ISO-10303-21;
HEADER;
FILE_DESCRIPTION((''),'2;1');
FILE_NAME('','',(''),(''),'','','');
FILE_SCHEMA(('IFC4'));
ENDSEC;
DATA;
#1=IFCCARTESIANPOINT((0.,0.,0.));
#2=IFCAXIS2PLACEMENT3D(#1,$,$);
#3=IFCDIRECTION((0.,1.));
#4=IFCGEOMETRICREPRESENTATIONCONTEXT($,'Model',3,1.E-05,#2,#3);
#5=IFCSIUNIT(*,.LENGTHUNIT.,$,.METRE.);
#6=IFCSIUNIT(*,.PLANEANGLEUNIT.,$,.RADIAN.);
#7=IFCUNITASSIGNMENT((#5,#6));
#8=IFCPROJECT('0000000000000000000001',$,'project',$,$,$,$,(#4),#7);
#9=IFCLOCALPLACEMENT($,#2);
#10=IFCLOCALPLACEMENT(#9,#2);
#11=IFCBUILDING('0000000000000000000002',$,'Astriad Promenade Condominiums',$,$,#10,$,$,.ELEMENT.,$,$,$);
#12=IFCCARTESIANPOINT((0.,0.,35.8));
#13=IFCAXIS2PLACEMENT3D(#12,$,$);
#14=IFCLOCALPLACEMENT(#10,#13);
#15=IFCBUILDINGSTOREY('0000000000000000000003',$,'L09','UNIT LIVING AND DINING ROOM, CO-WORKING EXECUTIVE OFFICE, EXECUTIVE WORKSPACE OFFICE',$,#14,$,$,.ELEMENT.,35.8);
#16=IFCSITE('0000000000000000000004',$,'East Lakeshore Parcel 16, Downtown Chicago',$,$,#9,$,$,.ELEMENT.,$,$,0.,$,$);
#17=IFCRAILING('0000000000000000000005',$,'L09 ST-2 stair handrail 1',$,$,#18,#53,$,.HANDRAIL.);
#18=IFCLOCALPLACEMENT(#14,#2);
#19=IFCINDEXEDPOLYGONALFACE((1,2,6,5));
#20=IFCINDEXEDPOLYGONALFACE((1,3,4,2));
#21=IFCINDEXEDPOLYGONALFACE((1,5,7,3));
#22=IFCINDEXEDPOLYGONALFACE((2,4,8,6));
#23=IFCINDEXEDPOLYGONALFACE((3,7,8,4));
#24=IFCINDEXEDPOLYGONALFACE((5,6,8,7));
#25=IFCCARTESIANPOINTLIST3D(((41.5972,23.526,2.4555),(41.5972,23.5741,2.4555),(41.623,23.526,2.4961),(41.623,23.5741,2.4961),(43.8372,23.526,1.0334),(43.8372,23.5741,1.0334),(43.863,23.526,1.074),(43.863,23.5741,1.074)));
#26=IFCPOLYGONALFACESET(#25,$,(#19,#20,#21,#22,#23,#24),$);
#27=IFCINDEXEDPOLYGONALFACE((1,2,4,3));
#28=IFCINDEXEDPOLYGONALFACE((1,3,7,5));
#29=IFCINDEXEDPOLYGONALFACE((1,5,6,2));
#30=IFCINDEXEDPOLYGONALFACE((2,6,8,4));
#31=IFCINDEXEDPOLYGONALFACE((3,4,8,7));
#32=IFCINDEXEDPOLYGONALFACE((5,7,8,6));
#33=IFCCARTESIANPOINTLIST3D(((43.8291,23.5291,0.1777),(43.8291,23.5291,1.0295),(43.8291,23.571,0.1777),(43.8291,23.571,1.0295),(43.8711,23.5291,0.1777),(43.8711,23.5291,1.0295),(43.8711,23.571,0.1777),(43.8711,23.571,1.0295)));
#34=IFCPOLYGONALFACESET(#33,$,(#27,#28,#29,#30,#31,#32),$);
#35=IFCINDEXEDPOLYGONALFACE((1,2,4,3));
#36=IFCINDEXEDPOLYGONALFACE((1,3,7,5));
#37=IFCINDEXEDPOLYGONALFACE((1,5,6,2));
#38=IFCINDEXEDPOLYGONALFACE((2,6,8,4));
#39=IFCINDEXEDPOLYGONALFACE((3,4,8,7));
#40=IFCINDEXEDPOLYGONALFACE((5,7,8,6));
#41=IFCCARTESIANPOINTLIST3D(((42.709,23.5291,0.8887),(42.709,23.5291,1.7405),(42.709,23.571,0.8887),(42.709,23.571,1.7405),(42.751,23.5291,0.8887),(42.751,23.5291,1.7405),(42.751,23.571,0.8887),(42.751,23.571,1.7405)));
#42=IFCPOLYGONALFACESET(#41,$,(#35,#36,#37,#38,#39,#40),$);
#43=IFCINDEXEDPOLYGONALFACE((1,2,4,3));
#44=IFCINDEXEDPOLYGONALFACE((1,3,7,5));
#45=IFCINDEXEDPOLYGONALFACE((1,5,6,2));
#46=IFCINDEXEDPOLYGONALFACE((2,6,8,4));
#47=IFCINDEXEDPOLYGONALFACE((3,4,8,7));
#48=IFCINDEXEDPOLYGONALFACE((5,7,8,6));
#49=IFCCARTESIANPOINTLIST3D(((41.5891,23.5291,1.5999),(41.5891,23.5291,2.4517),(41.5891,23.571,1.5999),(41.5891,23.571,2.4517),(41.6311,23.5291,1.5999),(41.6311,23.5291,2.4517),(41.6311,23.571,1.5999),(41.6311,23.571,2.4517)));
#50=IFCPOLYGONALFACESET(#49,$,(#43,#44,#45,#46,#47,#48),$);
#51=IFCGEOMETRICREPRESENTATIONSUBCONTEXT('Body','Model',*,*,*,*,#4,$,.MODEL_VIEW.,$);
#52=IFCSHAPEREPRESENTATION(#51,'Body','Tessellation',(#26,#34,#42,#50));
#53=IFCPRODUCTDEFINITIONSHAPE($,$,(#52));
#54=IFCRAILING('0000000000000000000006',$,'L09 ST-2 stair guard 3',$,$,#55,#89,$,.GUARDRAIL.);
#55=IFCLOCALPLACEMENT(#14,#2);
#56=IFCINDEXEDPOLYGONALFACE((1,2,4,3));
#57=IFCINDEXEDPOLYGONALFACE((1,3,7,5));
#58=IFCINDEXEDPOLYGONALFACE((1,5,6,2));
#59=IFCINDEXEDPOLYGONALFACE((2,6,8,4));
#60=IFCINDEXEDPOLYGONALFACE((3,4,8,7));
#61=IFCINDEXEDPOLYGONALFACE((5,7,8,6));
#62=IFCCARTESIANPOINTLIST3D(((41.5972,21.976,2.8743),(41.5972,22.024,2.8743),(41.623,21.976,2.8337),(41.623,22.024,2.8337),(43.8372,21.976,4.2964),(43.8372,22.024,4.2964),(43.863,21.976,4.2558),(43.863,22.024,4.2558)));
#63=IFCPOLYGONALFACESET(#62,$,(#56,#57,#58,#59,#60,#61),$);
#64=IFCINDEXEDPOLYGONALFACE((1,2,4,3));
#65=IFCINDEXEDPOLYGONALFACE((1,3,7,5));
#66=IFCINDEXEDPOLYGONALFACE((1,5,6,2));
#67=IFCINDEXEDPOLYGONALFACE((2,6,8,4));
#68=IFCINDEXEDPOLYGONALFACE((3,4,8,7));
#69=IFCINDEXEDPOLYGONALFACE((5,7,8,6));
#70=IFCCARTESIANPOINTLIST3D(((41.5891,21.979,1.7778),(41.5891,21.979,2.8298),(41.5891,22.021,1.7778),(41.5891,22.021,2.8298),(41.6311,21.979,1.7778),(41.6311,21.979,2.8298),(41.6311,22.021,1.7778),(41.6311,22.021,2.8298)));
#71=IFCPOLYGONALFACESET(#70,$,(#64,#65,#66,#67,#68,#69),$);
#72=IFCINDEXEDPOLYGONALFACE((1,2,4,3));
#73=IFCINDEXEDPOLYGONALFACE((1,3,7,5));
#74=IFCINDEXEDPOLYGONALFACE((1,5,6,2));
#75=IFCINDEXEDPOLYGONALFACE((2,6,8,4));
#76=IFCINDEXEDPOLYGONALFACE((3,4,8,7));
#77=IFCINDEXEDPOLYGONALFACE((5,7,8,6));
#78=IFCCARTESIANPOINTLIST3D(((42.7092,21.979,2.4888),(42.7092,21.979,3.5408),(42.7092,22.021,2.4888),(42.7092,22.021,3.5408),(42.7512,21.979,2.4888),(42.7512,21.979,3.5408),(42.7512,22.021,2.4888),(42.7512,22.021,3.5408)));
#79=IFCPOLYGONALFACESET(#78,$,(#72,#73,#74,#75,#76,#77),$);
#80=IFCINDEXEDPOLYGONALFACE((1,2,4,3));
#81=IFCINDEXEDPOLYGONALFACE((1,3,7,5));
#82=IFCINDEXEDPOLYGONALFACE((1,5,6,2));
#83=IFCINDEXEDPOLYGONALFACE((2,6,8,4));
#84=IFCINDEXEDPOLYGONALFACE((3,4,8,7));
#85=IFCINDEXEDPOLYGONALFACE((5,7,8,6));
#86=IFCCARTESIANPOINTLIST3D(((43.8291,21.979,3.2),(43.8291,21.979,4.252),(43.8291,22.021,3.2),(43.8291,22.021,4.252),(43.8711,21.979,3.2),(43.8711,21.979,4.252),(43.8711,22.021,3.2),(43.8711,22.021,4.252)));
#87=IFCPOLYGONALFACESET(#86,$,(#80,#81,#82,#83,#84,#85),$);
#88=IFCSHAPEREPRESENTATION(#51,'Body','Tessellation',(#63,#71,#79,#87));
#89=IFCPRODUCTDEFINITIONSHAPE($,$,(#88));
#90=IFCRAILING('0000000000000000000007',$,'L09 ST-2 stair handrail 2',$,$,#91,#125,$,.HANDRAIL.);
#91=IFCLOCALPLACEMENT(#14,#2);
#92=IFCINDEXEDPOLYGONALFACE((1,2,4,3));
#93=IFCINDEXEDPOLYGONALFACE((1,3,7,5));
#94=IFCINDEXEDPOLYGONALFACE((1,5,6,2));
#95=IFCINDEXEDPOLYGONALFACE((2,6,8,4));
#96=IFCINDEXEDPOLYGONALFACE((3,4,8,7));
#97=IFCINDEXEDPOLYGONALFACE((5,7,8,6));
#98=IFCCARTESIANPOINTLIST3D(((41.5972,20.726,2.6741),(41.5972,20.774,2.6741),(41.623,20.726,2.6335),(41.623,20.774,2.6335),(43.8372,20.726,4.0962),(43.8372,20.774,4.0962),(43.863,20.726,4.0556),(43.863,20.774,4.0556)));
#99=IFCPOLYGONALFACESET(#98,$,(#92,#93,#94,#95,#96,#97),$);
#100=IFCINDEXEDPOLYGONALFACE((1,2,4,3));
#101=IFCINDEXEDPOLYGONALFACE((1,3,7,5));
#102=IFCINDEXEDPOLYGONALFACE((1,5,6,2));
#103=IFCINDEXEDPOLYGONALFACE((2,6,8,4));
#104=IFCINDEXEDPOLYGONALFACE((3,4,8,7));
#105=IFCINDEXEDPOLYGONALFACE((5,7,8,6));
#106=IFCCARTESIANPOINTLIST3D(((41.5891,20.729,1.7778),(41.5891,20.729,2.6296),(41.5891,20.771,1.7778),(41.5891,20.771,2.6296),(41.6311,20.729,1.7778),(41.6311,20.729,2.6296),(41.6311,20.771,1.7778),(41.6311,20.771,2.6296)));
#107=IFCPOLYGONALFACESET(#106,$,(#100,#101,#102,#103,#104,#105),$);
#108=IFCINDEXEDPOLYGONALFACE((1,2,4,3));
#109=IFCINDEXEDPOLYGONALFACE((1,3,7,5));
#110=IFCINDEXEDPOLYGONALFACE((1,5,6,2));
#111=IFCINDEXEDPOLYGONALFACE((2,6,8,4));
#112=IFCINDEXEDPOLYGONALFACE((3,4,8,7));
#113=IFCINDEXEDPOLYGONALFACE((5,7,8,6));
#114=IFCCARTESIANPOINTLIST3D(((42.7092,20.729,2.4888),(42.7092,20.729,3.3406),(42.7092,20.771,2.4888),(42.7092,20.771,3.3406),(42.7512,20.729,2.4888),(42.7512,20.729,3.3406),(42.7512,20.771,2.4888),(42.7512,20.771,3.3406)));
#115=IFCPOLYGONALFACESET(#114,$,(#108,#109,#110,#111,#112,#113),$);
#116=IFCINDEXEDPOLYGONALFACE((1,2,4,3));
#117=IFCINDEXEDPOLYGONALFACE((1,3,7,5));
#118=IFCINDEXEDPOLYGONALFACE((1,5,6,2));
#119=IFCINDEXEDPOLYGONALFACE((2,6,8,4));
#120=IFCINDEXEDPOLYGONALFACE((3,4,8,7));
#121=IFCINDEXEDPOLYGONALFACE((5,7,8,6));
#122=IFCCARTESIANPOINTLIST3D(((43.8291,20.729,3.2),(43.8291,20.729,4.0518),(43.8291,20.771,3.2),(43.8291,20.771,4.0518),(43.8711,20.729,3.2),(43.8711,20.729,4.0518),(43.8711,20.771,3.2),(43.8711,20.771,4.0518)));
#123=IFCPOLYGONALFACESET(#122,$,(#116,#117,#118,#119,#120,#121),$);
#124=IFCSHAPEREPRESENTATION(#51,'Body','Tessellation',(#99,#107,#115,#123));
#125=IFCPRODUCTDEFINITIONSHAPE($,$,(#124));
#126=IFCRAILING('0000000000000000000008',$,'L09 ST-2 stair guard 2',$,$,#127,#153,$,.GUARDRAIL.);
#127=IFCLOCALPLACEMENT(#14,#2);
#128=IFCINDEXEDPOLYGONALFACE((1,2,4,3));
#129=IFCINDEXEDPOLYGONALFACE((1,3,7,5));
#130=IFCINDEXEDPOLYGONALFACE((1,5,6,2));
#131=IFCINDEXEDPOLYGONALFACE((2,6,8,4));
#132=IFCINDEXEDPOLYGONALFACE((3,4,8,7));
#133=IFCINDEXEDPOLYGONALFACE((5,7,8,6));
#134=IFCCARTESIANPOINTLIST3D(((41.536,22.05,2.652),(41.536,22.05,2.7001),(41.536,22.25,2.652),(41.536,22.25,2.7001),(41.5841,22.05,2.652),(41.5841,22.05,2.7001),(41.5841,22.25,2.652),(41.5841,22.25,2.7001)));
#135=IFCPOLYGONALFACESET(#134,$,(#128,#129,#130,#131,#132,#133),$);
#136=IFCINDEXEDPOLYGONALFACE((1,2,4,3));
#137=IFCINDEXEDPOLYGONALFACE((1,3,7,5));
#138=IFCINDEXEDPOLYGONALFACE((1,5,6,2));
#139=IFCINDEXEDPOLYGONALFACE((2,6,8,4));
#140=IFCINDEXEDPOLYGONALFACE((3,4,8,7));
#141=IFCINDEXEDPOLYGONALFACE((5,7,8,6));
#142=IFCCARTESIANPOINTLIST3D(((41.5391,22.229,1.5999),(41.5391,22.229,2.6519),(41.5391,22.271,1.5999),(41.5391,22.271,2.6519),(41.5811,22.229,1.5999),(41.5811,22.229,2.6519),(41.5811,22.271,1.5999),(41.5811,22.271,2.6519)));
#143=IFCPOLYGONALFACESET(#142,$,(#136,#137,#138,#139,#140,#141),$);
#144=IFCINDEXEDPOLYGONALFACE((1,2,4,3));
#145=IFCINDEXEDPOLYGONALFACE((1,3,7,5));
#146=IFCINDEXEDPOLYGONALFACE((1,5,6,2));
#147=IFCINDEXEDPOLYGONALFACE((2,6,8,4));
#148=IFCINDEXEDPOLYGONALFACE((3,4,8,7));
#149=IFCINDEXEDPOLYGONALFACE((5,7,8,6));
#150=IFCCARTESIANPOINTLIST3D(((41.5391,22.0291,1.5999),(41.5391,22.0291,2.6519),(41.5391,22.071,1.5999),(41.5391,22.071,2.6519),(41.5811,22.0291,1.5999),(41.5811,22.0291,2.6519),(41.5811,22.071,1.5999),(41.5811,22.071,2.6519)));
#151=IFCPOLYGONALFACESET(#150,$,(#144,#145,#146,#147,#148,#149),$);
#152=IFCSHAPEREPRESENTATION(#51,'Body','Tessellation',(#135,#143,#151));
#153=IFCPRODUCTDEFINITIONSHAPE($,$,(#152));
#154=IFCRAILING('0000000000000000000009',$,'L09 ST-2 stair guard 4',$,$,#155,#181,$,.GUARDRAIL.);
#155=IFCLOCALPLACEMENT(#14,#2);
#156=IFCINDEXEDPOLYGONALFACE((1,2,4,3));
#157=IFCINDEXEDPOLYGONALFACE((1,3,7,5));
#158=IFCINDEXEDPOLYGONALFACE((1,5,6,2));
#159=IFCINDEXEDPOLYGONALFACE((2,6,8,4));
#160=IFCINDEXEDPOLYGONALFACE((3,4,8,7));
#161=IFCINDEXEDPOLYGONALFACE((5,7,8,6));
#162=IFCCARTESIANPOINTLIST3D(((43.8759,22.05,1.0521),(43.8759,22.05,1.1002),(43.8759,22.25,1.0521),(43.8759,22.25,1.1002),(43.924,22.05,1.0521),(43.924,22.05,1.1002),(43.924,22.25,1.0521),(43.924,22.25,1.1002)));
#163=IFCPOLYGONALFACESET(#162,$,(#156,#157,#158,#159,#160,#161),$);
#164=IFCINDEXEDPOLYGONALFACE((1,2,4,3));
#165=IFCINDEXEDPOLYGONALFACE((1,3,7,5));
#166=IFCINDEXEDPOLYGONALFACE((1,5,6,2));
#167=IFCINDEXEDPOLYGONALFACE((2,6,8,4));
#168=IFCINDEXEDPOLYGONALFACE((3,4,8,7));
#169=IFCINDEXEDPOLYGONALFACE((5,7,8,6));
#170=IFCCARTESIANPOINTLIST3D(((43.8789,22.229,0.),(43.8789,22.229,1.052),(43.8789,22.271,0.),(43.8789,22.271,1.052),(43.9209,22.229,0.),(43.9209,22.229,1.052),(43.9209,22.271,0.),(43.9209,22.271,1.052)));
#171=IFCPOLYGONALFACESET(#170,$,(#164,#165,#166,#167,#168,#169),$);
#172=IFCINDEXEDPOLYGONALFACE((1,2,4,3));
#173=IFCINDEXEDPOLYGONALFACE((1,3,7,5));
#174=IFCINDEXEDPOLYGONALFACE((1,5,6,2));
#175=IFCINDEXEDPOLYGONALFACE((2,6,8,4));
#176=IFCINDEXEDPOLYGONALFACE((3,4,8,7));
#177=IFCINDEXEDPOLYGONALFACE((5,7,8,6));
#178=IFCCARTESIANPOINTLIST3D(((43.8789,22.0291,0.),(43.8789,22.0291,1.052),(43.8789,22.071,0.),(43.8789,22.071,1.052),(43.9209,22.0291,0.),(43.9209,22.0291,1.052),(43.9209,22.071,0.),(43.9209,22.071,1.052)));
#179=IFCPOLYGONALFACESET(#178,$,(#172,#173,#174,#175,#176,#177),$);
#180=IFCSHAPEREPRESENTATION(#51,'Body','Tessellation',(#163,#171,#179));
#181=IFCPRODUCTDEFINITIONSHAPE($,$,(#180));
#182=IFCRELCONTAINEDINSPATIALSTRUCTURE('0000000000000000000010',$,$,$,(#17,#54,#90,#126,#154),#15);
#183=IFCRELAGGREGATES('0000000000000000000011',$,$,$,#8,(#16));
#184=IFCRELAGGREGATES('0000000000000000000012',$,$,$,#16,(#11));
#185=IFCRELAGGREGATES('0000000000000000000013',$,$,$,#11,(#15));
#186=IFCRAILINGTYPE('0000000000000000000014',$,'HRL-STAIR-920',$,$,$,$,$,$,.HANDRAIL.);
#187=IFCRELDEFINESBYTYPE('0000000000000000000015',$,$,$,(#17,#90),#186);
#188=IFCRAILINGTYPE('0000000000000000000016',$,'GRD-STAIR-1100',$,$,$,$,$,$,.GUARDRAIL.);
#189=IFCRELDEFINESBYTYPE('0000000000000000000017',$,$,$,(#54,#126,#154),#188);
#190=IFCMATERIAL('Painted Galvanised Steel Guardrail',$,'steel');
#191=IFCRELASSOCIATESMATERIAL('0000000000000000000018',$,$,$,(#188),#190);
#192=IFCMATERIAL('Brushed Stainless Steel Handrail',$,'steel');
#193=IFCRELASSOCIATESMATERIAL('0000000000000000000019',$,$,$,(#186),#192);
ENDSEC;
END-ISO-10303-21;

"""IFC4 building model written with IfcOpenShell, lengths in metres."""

from ifc_helpers import new_model, si_unit, direction, frame, origin, origin_2d, place, context, subcontext, project, spatial, rectangle, extrude, source, transform, mapped, material, type_object, type_shapes, element, save


model = new_model("IFC4")

# Units and contexts
model_context = context("Model", 3, precision=1e-05, world=origin(), true_north=direction((0.0, 1.0)))
body_context = subcontext(model_context, "Body", "Model", "MODEL_VIEW")
ifc_project = project(units=[si_unit("LENGTHUNIT", "METRE"), si_unit("PLANEANGLEUNIT", "RADIAN")], contexts=[model_context])

# Site, building, storey
site_placement = place(None, origin())
site = spatial("IfcSite", under=ifc_project, at=site_placement, Name="East Lakeshore Parcel 16, Downtown Chicago", CompositionType="ELEMENT", RefElevation=0.0)
building_placement = place(site_placement, origin())
building = spatial("IfcBuilding", under=site, at=building_placement, Name="Astriad Promenade Condominiums", CompositionType="ELEMENT")
storey_placement = place(building_placement, frame((0.0, 0.0, 35.8)))
storey = spatial("IfcBuildingStorey", under=building, at=storey_placement, Name="L09", Description="UNIT LIVING AND DINING ROOM, CO-WORKING EXECUTIVE OFFICE, EXECUTIVE WORKSPACE OFFICE", CompositionType="ELEMENT", Elevation=35.8)

# Railings
ifc_material_1 = material(Name="Painted Galvanised Steel Guardrail", Category="steel")
railing_type_1 = type_object("IfcRailingType", Name="GRD-STAIR-1100", PredefinedType="GUARDRAIL", material=ifc_material_1)
ifc_material_2 = material(Name="Brushed Stainless Steel Handrail", Category="steel")
railing_type_2 = type_object("IfcRailingType", Name="HRL-STAIR-920", PredefinedType="HANDRAIL", material=ifc_material_2)
shared_shape_1 = source(origin(), body_context, "Body", "SweptSolid", [
    extrude(rectangle(XDim=0.0481, YDim=0.0481, at=origin_2d()), frame((0.0, 0.0, 0.876), z_axis=(-0.844229, 0.0, 0.535982), x_axis=(0.0, -1.0, 0.0)), (0.0, 0.0, 1.0), 2.6533),
    extrude(rectangle(XDim=0.042, YDim=0.042, at=origin_2d()), origin(), (0.0, 0.0, 1.0), 0.8518),
    extrude(rectangle(XDim=0.042, YDim=0.042, at=origin_2d()), frame((-1.1201, 0.0, 0.7109)), (0.0, 0.0, 1.0), 0.8518),
    extrude(rectangle(XDim=0.042, YDim=0.042, at=origin_2d()), frame((-2.24, 0.0, 1.4221)), (0.0, 0.0, 1.0), 0.8518),
])
railing_1_placement = place(storey_placement, frame((43.8501, 23.55, 0.1777)))
element("IfcRailing", 1, at=railing_1_placement, inside=storey, type_object=railing_type_2, Name="L09 ST-2 stair handrail 1", PredefinedType="HANDRAIL", context=body_context, shape_type="MappedRepresentation", body=[
    mapped(shared_shape_1, transform((0.0, 0.0, 0.0), scale=1.0)),
])
shared_shape_2 = source(origin(), body_context, "Body", "SweptSolid", [
    extrude(rectangle(XDim=0.0481, YDim=0.0481, at=origin_2d()), frame((0.0, 0.0, 1.0762), z_axis=(0.844229, 0.0, 0.535982), x_axis=(0.0, 1.0, 0.0)), (0.0, 0.0, 1.0), 2.6533),
    extrude(rectangle(XDim=0.042, YDim=0.042, at=origin_2d()), origin(), (0.0, 0.0, 1.0), 1.052),
    extrude(rectangle(XDim=0.042, YDim=0.042, at=origin_2d()), frame((1.1201, 0.0, 0.7109)), (0.0, 0.0, 1.0), 1.052),
    extrude(rectangle(XDim=0.042, YDim=0.042, at=origin_2d()), frame((2.24, 0.0, 1.4221)), (0.0, 0.0, 1.0), 1.052),
])
railing_2_placement = place(storey_placement, frame((41.6101, 22.0, 1.7778)))
element("IfcRailing", 2, at=railing_2_placement, inside=storey, type_object=railing_type_1, Name="L09 ST-2 stair guard 3", PredefinedType="GUARDRAIL", context=body_context, shape_type="MappedRepresentation", body=[
    mapped(shared_shape_2, transform((0.0, 0.0, 0.0), scale=1.0)),
])
shared_shape_3 = source(origin(), body_context, "Body", "SweptSolid", [
    extrude(rectangle(XDim=0.0481, YDim=0.0481, at=origin_2d()), frame((0.0, 0.0, 0.876), z_axis=(0.844229, 0.0, 0.535982), x_axis=(0.0, 1.0, 0.0)), (0.0, 0.0, 1.0), 2.6533),
    extrude(rectangle(XDim=0.042, YDim=0.042, at=origin_2d()), origin(), (0.0, 0.0, 1.0), 0.8518),
    extrude(rectangle(XDim=0.042, YDim=0.042, at=origin_2d()), frame((1.1201, 0.0, 0.7109)), (0.0, 0.0, 1.0), 0.8518),
    extrude(rectangle(XDim=0.042, YDim=0.042, at=origin_2d()), frame((2.24, 0.0, 1.4221)), (0.0, 0.0, 1.0), 0.8518),
])
type_shapes(railing_type_2, [shared_shape_1, shared_shape_3])
railing_3_placement = place(storey_placement, frame((41.6101, 20.75, 1.7778)))
element("IfcRailing", 3, at=railing_3_placement, inside=storey, type_object=railing_type_2, Name="L09 ST-2 stair handrail 2", PredefinedType="HANDRAIL", context=body_context, shape_type="MappedRepresentation", body=[
    mapped(shared_shape_3, transform((0.0, 0.0, 0.0), scale=1.0)),
])
shared_shape_4 = source(origin(), body_context, "Body", "SweptSolid", [
    extrude(rectangle(XDim=0.0481, YDim=0.0481, at=origin_2d()), frame((0.0, 0.0, 1.0762), z_axis=(0.0, -1.0, 0.0), x_axis=(1.0, 0.0, 0.0)), (0.0, 0.0, 1.0), 0.2),
    extrude(rectangle(XDim=0.042, YDim=0.042, at=origin_2d()), origin(), (0.0, 0.0, 1.0), 1.052),
    extrude(rectangle(XDim=0.042, YDim=0.042, at=origin_2d()), frame((0.0, -0.2, 0.0)), (0.0, 0.0, 1.0), 1.052),
])
for number, where, name in (
    (4, (41.5601, 22.25, 1.5999), "L09 ST-2 stair guard 2"),
    (5, (43.8999, 22.25, 0.0), "L09 ST-2 stair guard 4"),
):
    element("IfcRailing", number, at=place(storey_placement, frame(where)), inside=storey, type_object=railing_type_1, Name=name, PredefinedType="GUARDRAIL", context=body_context, shape_type="MappedRepresentation", body=[
        mapped(shared_shape_4, transform((0.0, 0.0, 0.0), scale=1.0)),
    ])

save(model, "model.ifc")
